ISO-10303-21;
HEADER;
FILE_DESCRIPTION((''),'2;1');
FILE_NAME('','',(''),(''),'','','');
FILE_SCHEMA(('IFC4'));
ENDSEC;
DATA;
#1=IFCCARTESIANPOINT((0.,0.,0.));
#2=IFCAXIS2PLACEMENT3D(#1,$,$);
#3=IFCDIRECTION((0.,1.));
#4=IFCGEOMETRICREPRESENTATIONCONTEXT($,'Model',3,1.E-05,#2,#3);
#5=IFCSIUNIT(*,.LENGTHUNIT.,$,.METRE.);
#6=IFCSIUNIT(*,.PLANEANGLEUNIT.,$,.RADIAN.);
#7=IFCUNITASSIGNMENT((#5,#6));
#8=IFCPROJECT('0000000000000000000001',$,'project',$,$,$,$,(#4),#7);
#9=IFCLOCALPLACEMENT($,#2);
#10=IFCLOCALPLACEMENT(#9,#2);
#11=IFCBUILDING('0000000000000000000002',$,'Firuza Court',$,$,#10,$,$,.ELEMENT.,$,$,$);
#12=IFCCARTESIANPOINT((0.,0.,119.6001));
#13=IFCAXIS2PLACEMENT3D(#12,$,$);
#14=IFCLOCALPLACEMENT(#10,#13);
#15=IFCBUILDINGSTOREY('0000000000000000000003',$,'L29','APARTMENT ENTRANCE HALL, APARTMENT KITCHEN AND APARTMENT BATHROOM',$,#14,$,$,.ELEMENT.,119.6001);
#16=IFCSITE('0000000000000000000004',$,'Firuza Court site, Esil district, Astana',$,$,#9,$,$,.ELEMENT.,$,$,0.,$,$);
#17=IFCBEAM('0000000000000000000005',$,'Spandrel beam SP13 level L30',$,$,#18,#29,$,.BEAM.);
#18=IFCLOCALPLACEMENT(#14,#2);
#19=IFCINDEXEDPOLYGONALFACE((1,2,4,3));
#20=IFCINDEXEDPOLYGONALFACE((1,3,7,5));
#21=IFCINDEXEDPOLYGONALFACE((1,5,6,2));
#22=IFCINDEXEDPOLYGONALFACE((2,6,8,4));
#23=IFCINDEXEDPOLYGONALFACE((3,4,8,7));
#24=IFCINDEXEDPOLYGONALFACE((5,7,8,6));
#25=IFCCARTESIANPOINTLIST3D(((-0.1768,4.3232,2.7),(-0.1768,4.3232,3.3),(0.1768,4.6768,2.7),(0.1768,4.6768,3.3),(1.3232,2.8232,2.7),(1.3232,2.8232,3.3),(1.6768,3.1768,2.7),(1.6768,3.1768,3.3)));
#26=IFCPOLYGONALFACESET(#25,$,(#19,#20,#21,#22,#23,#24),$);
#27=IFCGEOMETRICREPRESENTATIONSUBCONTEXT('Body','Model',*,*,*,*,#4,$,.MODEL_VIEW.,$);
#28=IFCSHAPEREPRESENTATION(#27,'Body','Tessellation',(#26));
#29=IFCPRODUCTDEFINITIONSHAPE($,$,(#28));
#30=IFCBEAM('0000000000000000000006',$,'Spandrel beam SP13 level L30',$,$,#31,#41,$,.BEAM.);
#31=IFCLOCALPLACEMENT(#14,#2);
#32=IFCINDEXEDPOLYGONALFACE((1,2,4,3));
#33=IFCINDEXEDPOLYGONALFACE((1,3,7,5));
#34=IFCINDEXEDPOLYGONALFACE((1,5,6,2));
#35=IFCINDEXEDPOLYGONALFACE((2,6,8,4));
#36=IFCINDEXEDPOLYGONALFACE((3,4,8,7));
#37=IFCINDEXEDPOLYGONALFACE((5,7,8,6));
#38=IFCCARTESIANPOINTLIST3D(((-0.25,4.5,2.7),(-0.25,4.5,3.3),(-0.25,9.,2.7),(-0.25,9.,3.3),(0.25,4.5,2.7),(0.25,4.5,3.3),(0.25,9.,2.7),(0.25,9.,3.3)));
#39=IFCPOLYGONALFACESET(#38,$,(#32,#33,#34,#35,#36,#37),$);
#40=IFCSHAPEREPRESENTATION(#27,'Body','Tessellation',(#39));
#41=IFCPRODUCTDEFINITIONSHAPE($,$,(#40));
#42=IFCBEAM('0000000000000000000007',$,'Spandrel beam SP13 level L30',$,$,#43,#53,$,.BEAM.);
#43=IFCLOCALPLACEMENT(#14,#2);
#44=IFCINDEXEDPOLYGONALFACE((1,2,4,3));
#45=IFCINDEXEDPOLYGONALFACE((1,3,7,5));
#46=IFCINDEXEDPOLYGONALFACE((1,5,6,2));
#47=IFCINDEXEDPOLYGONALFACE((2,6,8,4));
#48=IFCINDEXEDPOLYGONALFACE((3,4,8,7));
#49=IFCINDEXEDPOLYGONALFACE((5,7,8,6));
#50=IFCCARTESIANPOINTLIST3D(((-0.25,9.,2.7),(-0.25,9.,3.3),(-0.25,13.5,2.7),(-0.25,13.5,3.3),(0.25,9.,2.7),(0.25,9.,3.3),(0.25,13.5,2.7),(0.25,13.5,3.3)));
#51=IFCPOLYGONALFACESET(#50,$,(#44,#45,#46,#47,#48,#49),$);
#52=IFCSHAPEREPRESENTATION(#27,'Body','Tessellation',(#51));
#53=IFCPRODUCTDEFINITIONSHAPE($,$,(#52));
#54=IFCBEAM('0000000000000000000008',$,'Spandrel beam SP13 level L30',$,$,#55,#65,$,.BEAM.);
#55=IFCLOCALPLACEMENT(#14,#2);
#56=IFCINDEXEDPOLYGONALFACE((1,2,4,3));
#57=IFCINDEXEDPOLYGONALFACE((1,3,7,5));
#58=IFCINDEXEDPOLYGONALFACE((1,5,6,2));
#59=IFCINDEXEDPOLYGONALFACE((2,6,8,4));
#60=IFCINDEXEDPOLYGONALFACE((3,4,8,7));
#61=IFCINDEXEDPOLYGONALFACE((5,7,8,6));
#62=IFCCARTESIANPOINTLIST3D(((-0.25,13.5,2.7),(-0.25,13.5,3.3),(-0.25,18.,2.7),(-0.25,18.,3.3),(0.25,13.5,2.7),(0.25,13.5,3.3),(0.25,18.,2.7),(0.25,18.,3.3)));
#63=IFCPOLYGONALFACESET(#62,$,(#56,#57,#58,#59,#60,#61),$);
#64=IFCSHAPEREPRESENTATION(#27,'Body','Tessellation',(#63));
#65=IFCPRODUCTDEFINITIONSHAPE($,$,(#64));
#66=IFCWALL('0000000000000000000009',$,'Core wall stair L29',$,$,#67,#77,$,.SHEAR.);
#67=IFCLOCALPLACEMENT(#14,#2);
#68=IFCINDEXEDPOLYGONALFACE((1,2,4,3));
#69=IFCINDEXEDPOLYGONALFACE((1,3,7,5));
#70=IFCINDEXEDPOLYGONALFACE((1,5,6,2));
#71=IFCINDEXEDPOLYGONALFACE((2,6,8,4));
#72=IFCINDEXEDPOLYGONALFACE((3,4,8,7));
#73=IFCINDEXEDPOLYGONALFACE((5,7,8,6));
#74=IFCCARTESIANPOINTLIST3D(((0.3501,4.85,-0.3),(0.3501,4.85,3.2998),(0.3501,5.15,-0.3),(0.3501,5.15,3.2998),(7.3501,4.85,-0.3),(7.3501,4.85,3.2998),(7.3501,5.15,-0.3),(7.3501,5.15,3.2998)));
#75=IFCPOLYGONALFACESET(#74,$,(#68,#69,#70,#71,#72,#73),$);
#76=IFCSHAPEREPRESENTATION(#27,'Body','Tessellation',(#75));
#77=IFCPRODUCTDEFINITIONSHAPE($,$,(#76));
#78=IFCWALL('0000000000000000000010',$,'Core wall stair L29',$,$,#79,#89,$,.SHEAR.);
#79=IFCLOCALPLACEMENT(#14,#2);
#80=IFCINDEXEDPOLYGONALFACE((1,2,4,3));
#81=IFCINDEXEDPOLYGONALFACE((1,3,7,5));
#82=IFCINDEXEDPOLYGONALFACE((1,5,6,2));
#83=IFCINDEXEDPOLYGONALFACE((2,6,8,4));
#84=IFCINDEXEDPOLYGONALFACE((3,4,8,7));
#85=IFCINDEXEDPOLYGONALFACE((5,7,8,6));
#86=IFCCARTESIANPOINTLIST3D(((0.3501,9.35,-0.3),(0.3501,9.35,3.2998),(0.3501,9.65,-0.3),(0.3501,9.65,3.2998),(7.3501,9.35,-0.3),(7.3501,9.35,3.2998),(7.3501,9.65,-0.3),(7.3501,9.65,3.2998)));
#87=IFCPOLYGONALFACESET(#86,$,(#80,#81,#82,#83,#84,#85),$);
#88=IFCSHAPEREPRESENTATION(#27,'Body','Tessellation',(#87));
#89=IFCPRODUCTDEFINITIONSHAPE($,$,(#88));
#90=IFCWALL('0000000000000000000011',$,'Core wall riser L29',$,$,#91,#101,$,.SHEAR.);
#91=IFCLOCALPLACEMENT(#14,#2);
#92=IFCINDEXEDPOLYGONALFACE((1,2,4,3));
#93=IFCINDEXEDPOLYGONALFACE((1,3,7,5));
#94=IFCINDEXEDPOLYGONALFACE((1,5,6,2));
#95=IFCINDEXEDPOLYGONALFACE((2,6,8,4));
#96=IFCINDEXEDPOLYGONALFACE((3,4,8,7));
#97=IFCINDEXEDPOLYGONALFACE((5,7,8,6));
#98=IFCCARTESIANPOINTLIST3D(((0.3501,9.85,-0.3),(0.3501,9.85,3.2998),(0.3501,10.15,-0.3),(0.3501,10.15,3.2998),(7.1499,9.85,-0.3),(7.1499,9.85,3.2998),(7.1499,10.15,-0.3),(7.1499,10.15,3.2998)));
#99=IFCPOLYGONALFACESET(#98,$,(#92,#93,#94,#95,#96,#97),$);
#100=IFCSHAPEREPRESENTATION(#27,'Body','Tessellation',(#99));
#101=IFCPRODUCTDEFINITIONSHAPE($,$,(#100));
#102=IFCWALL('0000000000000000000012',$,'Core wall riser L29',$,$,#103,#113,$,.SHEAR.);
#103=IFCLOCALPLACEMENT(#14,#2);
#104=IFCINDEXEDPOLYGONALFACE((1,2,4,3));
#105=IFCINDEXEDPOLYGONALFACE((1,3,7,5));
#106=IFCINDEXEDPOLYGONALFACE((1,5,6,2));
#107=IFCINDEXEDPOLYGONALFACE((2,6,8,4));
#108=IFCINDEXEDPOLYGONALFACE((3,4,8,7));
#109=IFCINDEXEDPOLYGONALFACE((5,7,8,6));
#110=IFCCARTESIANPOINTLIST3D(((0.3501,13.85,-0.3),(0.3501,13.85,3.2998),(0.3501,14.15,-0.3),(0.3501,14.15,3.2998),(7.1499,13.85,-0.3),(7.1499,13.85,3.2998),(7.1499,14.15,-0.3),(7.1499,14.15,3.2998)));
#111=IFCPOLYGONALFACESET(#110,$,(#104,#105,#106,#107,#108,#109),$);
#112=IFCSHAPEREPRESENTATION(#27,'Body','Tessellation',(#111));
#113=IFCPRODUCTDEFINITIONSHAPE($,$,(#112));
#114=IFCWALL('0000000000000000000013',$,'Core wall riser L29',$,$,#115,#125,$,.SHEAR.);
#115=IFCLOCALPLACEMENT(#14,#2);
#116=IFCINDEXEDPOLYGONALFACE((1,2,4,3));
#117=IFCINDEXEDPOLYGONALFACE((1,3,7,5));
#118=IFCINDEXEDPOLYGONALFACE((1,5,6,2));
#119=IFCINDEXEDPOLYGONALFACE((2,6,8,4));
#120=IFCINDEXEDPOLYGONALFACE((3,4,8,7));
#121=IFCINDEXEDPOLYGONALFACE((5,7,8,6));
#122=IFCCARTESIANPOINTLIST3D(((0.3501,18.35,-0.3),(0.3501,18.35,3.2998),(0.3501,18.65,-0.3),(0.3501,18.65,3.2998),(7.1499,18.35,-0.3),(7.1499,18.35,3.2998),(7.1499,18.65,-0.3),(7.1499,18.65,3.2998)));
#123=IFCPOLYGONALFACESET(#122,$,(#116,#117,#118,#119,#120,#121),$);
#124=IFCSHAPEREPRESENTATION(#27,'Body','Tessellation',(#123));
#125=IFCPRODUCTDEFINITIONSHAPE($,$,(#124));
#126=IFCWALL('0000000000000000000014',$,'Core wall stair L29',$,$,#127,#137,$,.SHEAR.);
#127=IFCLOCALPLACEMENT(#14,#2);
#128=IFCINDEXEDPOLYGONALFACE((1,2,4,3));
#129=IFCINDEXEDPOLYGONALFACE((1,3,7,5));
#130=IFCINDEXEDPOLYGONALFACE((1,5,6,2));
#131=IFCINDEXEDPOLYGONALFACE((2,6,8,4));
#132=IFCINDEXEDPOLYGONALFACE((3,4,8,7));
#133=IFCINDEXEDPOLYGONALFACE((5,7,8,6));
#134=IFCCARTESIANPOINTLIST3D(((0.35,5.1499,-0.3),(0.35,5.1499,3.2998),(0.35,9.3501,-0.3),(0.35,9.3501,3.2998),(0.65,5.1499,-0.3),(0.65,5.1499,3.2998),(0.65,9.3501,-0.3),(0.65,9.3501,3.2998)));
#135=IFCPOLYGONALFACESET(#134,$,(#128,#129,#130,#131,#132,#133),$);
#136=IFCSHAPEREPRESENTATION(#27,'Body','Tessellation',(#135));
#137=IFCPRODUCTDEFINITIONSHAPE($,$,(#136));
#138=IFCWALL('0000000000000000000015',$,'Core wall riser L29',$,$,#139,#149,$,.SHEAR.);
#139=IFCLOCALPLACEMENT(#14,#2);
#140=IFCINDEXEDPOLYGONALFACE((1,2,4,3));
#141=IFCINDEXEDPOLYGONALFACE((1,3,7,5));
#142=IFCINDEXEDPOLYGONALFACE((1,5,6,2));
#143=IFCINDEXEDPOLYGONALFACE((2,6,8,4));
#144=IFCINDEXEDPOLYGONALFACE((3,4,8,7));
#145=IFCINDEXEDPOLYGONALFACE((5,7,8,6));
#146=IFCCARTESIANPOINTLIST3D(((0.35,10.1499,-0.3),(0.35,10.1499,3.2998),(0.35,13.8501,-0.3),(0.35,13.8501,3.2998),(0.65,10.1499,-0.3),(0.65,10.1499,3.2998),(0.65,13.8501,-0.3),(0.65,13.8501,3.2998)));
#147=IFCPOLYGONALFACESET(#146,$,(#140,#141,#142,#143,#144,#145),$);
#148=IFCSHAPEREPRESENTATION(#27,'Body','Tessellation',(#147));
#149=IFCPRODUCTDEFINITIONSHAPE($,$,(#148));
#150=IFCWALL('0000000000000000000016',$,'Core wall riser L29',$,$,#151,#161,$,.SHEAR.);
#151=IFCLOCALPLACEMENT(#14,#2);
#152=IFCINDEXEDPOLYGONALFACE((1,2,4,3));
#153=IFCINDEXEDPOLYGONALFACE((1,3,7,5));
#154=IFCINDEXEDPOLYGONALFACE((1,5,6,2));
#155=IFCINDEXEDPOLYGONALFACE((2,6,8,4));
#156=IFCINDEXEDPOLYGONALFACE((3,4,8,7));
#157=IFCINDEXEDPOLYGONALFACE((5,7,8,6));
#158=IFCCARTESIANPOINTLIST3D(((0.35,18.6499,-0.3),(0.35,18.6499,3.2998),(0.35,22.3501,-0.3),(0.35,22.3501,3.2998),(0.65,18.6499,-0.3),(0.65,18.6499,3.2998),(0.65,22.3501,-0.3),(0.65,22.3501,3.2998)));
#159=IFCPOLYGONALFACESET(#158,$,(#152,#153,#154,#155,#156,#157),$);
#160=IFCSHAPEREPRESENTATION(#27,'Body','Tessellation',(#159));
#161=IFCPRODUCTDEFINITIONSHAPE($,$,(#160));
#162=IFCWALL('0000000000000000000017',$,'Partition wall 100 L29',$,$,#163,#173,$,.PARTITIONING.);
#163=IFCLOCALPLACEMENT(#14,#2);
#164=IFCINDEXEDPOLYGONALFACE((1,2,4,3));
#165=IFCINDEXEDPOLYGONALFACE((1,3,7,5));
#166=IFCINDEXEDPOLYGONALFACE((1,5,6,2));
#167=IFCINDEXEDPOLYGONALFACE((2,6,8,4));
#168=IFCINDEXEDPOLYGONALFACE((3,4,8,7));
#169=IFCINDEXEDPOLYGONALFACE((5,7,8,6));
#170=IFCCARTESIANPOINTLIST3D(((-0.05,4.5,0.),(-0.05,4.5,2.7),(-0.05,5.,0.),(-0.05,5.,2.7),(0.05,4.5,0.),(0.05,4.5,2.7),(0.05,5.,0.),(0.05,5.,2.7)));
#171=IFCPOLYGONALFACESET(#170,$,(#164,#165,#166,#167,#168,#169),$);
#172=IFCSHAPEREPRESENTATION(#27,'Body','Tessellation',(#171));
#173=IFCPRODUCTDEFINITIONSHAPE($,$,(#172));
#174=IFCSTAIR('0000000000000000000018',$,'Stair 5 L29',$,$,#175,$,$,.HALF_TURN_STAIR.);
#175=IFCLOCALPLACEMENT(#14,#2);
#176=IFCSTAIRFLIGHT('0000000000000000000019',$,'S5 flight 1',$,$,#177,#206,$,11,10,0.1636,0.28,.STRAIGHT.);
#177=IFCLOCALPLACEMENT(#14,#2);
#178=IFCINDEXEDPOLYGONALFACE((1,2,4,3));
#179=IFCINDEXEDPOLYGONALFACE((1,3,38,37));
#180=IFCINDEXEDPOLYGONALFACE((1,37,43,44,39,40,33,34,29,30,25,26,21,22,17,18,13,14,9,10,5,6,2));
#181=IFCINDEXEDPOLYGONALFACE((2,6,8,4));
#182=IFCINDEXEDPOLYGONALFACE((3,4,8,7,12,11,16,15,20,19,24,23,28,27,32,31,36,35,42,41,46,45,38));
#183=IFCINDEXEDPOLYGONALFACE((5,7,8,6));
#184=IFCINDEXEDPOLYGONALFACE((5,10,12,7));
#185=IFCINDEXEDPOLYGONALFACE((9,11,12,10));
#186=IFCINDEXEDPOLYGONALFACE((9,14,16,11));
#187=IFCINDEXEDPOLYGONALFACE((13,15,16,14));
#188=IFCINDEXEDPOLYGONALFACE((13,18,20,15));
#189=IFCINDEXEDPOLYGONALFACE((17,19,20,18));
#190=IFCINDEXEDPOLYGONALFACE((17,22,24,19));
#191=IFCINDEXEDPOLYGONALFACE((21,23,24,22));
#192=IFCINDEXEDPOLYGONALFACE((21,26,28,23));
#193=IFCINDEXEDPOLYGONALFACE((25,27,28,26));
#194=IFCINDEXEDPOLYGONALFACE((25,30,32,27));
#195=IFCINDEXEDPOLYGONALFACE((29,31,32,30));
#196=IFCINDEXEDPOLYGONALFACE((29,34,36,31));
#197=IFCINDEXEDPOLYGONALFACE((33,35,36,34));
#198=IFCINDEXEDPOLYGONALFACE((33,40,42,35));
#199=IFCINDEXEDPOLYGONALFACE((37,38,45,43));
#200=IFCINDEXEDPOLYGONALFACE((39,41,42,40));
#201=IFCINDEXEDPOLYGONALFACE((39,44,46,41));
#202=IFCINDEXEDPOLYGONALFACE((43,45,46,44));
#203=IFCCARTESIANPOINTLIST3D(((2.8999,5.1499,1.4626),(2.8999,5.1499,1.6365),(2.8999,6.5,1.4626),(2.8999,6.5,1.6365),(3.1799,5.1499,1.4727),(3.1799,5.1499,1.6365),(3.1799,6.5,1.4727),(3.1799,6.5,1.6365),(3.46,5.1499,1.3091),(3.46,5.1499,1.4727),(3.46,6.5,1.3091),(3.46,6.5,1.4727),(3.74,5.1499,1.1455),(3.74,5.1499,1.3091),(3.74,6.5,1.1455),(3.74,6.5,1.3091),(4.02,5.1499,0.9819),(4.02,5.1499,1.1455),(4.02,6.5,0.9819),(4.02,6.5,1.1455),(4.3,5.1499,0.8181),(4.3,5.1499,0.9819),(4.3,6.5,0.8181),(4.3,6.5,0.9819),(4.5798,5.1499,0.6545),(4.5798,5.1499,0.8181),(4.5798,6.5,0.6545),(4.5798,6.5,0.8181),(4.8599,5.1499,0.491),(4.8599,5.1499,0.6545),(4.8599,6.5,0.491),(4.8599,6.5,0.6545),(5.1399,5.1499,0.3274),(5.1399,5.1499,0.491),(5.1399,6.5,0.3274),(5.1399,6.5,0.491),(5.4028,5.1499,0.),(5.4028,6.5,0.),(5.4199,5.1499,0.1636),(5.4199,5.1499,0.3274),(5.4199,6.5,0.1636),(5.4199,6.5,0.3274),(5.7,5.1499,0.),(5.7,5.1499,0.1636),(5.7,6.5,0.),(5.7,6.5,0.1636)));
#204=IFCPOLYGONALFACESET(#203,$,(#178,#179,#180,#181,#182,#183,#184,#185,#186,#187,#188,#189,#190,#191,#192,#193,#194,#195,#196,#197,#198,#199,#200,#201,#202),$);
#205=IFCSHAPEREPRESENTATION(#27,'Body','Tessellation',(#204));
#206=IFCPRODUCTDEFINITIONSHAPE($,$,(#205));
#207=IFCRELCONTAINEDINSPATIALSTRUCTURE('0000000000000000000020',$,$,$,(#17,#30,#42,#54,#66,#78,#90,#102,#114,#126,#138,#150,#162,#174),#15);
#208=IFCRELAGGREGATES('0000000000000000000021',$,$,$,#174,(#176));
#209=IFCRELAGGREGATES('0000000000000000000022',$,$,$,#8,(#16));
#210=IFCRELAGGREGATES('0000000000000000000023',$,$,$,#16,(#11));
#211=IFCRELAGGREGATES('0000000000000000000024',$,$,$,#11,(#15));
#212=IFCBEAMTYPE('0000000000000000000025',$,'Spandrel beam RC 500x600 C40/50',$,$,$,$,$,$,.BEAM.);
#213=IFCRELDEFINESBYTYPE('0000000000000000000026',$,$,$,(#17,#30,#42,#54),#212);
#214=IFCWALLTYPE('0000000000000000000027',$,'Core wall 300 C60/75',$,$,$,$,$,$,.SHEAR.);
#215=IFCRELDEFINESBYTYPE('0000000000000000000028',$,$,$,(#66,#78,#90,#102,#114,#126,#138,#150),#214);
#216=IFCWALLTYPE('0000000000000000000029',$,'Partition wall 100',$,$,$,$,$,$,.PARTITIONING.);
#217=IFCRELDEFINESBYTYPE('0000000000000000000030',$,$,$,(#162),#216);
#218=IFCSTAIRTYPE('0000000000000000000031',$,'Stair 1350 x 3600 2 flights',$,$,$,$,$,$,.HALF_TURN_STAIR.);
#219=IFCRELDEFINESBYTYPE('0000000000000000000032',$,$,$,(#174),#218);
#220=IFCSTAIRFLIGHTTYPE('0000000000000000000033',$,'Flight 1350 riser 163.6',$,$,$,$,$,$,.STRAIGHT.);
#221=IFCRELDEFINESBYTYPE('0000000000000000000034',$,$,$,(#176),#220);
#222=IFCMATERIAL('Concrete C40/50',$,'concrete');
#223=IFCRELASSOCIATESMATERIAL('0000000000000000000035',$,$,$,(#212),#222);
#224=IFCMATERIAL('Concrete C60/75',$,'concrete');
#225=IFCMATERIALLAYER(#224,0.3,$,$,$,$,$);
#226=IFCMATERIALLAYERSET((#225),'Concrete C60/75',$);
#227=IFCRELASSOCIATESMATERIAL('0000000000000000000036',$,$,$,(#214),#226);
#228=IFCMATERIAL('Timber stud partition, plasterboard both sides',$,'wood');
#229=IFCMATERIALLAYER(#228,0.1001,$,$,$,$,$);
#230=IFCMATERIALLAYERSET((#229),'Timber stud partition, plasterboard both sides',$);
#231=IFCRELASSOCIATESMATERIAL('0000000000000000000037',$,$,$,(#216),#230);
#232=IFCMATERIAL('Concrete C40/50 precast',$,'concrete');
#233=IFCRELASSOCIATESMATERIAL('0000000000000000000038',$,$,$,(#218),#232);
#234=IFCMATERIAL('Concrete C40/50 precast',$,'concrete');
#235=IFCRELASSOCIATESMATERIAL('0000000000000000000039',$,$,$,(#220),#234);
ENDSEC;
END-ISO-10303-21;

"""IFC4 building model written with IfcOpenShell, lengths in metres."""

from ifc_helpers import new_model, si_unit, direction, frame, frame_2d, origin, origin_2d, place, context, subcontext, project, spatial, polyline, rectangle, outline, extrude, material, layer, layer_set, material_profile, profile_set, type_object, element, aggregate, save


model = new_model("IFC4")

# Units and contexts
model_context = context("Model", 3, precision=1e-05, world=origin(), true_north=direction((0.0, 1.0)))
body_context = subcontext(model_context, "Body", "Model", "MODEL_VIEW")
ifc_project = project(units=[si_unit("LENGTHUNIT", "METRE"), si_unit("PLANEANGLEUNIT", "RADIAN")], contexts=[model_context])

# Site, building, storey
site_placement = place(None, origin())
site = spatial("IfcSite", under=ifc_project, at=site_placement, Name="Firuza Court site, Esil district, Astana", CompositionType="ELEMENT", RefElevation=0.0)
building_placement = place(site_placement, origin())
building = spatial("IfcBuilding", under=site, at=building_placement, Name="Firuza Court", CompositionType="ELEMENT")
storey_placement = place(building_placement, frame((0.0, 0.0, 119.6001)))
storey = spatial("IfcBuildingStorey", under=building, at=storey_placement, Name="L29", Description="APARTMENT ENTRANCE HALL, APARTMENT KITCHEN AND APARTMENT BATHROOM", CompositionType="ELEMENT", Elevation=119.6001)

# Beams
ifc_material_1 = material(Name="Concrete C40/50", Category="concrete")
ifc_material_profile_1 = material_profile(ifc_material_1, rectangle(XDim=0.5, YDim=0.6001, at=origin_2d()), Name="RC 500x600")
ifc_profile_set_1 = profile_set([ifc_material_profile_1], Name="Concrete C40/50")
beam_type_1 = type_object("IfcBeamType", Name="Spandrel beam RC 500x600 C40/50", PredefinedType="BEAM", material=ifc_profile_set_1)
beam_1_placement = place(storey_placement, frame((0.0, 4.5, 3.0), z_axis=(0.707107, -0.707107, 0.0), x_axis=(0.707107, 0.707107, 0.0)))
element("IfcBeam", 1, at=beam_1_placement, inside=storey, type_object=beam_type_1, Name="Spandrel beam SP13 level L30", PredefinedType="BEAM", context=body_context, shape_type="SweptSolid", body=[
    extrude(rectangle(XDim=0.5, YDim=0.6001, at=origin_2d()), origin(), (0.0, 0.0, 1.0), 2.1213),
])
for number, where, z_axis, x_axis, name in (
    (2, (0.0, 9.0, 3.0), (0.0, -1.0, 0.0), (1.0, 0.0, 0.0), "Spandrel beam SP13 level L30"),
    (3, (0.0, 13.5, 3.0), (0.0, -1.0, 0.0), (1.0, 0.0, 0.0), "Spandrel beam SP13 level L30"),
    (4, (0.0, 18.0, 3.0), (0.0, -1.0, 0.0), (1.0, 0.0, 0.0), "Spandrel beam SP13 level L30"),
):
    element("IfcBeam", number, at=place(storey_placement, frame(where, z_axis=z_axis, x_axis=x_axis)), inside=storey, type_object=beam_type_1, Name=name, PredefinedType="BEAM", context=body_context, shape_type="SweptSolid", body=[
        extrude(rectangle(XDim=0.5, YDim=0.6001, at=origin_2d()), origin(), (0.0, 0.0, 1.0), 4.5),
    ])

# Walls
ifc_material_2 = material(Name="Concrete C60/75", Category="concrete")
ifc_layer_1 = layer(ifc_material_2, 0.3)
ifc_layer_set_1 = layer_set([ifc_layer_1], Name="Concrete C60/75")
wall_type_1 = type_object("IfcWallType", Name="Core wall 300 C60/75", PredefinedType="SHEAR", material=ifc_layer_set_1)
for number, where, z_axis, x_axis, name in (
    (5, (0.3501, 5.0, -0.3), (0.0, 0.0, 1.0), (1.0, 0.0, 0.0), "Core wall stair L29"),
    (6, (0.3501, 9.5, -0.3), (0.0, 0.0, 1.0), (1.0, 0.0, 0.0), "Core wall stair L29"),
):
    element("IfcWall", number, at=place(storey_placement, frame(where, z_axis=z_axis, x_axis=x_axis)), inside=storey, type_object=wall_type_1, Name=name, PredefinedType="SHEAR", context=body_context, shape_type="SweptSolid", body=[
        extrude(rectangle(XDim=7.0, YDim=0.3, at=frame_2d((3.5, 0.0))), origin(), (0.0, 0.0, 1.0), 3.5999),
    ])
for number, where, z_axis, x_axis, name in (
    (7, (0.3501, 10.0, -0.3), (0.0, 0.0, 1.0), (1.0, 0.0, 0.0), "Core wall riser L29"),
    (8, (0.3501, 14.0, -0.3), (0.0, 0.0, 1.0), (1.0, 0.0, 0.0), "Core wall riser L29"),
    (9, (0.3501, 18.5, -0.3), (0.0, 0.0, 1.0), (1.0, 0.0, 0.0), "Core wall riser L29"),
):
    element("IfcWall", number, at=place(storey_placement, frame(where, z_axis=z_axis, x_axis=x_axis)), inside=storey, type_object=wall_type_1, Name=name, PredefinedType="SHEAR", context=body_context, shape_type="SweptSolid", body=[
        extrude(rectangle(XDim=6.7998, YDim=0.3, at=frame_2d((3.3999, 0.0))), origin(), (0.0, 0.0, 1.0), 3.5999),
    ])
wall_1_placement = place(storey_placement, frame((0.5, 5.1499, -0.3), z_axis=(0.0, 0.0, 1.0), x_axis=(0.0, 1.0, 0.0)))
element("IfcWall", 10, at=wall_1_placement, inside=storey, type_object=wall_type_1, Name="Core wall stair L29", PredefinedType="SHEAR", context=body_context, shape_type="SweptSolid", body=[
    extrude(rectangle(XDim=4.2002, YDim=0.3, at=frame_2d((2.1001, 0.0))), origin(), (0.0, 0.0, 1.0), 3.5999),
])
for number, where, z_axis, x_axis, name in (
    (11, (0.5, 10.1499, -0.3), (0.0, 0.0, 1.0), (0.0, 1.0, 0.0), "Core wall riser L29"),
    (12, (0.5, 18.6499, -0.3), (0.0, 0.0, 1.0), (0.0, 1.0, 0.0), "Core wall riser L29"),
):
    element("IfcWall", number, at=place(storey_placement, frame(where, z_axis=z_axis, x_axis=x_axis)), inside=storey, type_object=wall_type_1, Name=name, PredefinedType="SHEAR", context=body_context, shape_type="SweptSolid", body=[
        extrude(rectangle(XDim=3.7002, YDim=0.3, at=frame_2d((1.8501, 0.0))), origin(), (0.0, 0.0, 1.0), 3.5999),
    ])
ifc_material_3 = material(Name="Timber stud partition, plasterboard both sides", Category="wood")
ifc_layer_2 = layer(ifc_material_3, 0.1001)
ifc_layer_set_2 = layer_set([ifc_layer_2], Name="Timber stud partition, plasterboard both sides")
wall_type_2 = type_object("IfcWallType", Name="Partition wall 100", PredefinedType="PARTITIONING", material=ifc_layer_set_2)
wall_2_placement = place(storey_placement, frame((0.0, 4.5, 0.0), z_axis=(0.0, 0.0, 1.0), x_axis=(0.0, 1.0, 0.0)))
element("IfcWall", 13, at=wall_2_placement, inside=storey, type_object=wall_type_2, Name="Partition wall 100 L29", PredefinedType="PARTITIONING", context=body_context, shape_type="SweptSolid", body=[
    extrude(rectangle(XDim=0.5, YDim=0.1001, at=frame_2d((0.25, 0.0))), origin(), (0.0, 0.0, 1.0), 2.7),
])

# Stair, stair flight
ifc_material_4 = material(Name="Concrete C40/50 precast", Category="concrete")
stair_type = type_object("IfcStairType", Name="Stair 1350 x 3600 2 flights", PredefinedType="HALF_TURN_STAIR", material=ifc_material_4)
stair_placement = place(storey_placement, origin())
stair = element("IfcStair", 14, at=stair_placement, inside=storey, type_object=stair_type, Name="Stair 5 L29", PredefinedType="HALF_TURN_STAIR")
ifc_material_5 = material(Name="Concrete C40/50 precast", Category="concrete")
stair_flight_type = type_object("IfcStairFlightType", Name="Flight 1350 riser 163.6", PredefinedType="STRAIGHT", material=ifc_material_5)
stair_flight_1_placement = place(storey_placement, frame((5.7, 5.825, 0.0), z_axis=(0.0, 0.0, 1.0), x_axis=(-1.0, 0.0, 0.0)))
stair_flight_1 = element("IfcStairFlight", 15, at=stair_flight_1_placement, type_object=stair_flight_type, Name="S5 flight 1", NumberOfRisers=11, NumberOfTreads=10, PredefinedType="STRAIGHT", RiserHeight=0.1636, TreadLength=0.28, context=body_context, shape_type="SweptSolid", body=[
    extrude(outline(polyline([(0.0, 0.0), (0.0, 0.1636), (0.28, 0.1636), (0.28, 0.3274), (0.5601, 0.3274), (0.5601, 0.491), (0.8401, 0.491), (0.8401, 0.6545), (1.1201, 0.6545), (1.1201, 0.8181), (1.3999, 0.8181), (1.3999, 0.9819), (1.6799, 0.9819), (1.6799, 1.1455), (1.96, 1.1455), (1.96, 1.3091), (2.24, 1.3091), (2.24, 1.4727), (2.52, 1.4727), (2.52, 1.6365), (2.8, 1.6365), (2.8, 1.8), (2.8, 1.4626), (0.2971, 0.0), (0.0, 0.0)])), frame((0.0, 0.675, 0.0), z_axis=(0.0, -1.0, 0.0), x_axis=(1.0, 0.0, 0.0)), (0.0, 0.0, 1.0), 1.3501),
])
aggregate(stair, [stair_flight_1])

save(model, "model.ifc")
